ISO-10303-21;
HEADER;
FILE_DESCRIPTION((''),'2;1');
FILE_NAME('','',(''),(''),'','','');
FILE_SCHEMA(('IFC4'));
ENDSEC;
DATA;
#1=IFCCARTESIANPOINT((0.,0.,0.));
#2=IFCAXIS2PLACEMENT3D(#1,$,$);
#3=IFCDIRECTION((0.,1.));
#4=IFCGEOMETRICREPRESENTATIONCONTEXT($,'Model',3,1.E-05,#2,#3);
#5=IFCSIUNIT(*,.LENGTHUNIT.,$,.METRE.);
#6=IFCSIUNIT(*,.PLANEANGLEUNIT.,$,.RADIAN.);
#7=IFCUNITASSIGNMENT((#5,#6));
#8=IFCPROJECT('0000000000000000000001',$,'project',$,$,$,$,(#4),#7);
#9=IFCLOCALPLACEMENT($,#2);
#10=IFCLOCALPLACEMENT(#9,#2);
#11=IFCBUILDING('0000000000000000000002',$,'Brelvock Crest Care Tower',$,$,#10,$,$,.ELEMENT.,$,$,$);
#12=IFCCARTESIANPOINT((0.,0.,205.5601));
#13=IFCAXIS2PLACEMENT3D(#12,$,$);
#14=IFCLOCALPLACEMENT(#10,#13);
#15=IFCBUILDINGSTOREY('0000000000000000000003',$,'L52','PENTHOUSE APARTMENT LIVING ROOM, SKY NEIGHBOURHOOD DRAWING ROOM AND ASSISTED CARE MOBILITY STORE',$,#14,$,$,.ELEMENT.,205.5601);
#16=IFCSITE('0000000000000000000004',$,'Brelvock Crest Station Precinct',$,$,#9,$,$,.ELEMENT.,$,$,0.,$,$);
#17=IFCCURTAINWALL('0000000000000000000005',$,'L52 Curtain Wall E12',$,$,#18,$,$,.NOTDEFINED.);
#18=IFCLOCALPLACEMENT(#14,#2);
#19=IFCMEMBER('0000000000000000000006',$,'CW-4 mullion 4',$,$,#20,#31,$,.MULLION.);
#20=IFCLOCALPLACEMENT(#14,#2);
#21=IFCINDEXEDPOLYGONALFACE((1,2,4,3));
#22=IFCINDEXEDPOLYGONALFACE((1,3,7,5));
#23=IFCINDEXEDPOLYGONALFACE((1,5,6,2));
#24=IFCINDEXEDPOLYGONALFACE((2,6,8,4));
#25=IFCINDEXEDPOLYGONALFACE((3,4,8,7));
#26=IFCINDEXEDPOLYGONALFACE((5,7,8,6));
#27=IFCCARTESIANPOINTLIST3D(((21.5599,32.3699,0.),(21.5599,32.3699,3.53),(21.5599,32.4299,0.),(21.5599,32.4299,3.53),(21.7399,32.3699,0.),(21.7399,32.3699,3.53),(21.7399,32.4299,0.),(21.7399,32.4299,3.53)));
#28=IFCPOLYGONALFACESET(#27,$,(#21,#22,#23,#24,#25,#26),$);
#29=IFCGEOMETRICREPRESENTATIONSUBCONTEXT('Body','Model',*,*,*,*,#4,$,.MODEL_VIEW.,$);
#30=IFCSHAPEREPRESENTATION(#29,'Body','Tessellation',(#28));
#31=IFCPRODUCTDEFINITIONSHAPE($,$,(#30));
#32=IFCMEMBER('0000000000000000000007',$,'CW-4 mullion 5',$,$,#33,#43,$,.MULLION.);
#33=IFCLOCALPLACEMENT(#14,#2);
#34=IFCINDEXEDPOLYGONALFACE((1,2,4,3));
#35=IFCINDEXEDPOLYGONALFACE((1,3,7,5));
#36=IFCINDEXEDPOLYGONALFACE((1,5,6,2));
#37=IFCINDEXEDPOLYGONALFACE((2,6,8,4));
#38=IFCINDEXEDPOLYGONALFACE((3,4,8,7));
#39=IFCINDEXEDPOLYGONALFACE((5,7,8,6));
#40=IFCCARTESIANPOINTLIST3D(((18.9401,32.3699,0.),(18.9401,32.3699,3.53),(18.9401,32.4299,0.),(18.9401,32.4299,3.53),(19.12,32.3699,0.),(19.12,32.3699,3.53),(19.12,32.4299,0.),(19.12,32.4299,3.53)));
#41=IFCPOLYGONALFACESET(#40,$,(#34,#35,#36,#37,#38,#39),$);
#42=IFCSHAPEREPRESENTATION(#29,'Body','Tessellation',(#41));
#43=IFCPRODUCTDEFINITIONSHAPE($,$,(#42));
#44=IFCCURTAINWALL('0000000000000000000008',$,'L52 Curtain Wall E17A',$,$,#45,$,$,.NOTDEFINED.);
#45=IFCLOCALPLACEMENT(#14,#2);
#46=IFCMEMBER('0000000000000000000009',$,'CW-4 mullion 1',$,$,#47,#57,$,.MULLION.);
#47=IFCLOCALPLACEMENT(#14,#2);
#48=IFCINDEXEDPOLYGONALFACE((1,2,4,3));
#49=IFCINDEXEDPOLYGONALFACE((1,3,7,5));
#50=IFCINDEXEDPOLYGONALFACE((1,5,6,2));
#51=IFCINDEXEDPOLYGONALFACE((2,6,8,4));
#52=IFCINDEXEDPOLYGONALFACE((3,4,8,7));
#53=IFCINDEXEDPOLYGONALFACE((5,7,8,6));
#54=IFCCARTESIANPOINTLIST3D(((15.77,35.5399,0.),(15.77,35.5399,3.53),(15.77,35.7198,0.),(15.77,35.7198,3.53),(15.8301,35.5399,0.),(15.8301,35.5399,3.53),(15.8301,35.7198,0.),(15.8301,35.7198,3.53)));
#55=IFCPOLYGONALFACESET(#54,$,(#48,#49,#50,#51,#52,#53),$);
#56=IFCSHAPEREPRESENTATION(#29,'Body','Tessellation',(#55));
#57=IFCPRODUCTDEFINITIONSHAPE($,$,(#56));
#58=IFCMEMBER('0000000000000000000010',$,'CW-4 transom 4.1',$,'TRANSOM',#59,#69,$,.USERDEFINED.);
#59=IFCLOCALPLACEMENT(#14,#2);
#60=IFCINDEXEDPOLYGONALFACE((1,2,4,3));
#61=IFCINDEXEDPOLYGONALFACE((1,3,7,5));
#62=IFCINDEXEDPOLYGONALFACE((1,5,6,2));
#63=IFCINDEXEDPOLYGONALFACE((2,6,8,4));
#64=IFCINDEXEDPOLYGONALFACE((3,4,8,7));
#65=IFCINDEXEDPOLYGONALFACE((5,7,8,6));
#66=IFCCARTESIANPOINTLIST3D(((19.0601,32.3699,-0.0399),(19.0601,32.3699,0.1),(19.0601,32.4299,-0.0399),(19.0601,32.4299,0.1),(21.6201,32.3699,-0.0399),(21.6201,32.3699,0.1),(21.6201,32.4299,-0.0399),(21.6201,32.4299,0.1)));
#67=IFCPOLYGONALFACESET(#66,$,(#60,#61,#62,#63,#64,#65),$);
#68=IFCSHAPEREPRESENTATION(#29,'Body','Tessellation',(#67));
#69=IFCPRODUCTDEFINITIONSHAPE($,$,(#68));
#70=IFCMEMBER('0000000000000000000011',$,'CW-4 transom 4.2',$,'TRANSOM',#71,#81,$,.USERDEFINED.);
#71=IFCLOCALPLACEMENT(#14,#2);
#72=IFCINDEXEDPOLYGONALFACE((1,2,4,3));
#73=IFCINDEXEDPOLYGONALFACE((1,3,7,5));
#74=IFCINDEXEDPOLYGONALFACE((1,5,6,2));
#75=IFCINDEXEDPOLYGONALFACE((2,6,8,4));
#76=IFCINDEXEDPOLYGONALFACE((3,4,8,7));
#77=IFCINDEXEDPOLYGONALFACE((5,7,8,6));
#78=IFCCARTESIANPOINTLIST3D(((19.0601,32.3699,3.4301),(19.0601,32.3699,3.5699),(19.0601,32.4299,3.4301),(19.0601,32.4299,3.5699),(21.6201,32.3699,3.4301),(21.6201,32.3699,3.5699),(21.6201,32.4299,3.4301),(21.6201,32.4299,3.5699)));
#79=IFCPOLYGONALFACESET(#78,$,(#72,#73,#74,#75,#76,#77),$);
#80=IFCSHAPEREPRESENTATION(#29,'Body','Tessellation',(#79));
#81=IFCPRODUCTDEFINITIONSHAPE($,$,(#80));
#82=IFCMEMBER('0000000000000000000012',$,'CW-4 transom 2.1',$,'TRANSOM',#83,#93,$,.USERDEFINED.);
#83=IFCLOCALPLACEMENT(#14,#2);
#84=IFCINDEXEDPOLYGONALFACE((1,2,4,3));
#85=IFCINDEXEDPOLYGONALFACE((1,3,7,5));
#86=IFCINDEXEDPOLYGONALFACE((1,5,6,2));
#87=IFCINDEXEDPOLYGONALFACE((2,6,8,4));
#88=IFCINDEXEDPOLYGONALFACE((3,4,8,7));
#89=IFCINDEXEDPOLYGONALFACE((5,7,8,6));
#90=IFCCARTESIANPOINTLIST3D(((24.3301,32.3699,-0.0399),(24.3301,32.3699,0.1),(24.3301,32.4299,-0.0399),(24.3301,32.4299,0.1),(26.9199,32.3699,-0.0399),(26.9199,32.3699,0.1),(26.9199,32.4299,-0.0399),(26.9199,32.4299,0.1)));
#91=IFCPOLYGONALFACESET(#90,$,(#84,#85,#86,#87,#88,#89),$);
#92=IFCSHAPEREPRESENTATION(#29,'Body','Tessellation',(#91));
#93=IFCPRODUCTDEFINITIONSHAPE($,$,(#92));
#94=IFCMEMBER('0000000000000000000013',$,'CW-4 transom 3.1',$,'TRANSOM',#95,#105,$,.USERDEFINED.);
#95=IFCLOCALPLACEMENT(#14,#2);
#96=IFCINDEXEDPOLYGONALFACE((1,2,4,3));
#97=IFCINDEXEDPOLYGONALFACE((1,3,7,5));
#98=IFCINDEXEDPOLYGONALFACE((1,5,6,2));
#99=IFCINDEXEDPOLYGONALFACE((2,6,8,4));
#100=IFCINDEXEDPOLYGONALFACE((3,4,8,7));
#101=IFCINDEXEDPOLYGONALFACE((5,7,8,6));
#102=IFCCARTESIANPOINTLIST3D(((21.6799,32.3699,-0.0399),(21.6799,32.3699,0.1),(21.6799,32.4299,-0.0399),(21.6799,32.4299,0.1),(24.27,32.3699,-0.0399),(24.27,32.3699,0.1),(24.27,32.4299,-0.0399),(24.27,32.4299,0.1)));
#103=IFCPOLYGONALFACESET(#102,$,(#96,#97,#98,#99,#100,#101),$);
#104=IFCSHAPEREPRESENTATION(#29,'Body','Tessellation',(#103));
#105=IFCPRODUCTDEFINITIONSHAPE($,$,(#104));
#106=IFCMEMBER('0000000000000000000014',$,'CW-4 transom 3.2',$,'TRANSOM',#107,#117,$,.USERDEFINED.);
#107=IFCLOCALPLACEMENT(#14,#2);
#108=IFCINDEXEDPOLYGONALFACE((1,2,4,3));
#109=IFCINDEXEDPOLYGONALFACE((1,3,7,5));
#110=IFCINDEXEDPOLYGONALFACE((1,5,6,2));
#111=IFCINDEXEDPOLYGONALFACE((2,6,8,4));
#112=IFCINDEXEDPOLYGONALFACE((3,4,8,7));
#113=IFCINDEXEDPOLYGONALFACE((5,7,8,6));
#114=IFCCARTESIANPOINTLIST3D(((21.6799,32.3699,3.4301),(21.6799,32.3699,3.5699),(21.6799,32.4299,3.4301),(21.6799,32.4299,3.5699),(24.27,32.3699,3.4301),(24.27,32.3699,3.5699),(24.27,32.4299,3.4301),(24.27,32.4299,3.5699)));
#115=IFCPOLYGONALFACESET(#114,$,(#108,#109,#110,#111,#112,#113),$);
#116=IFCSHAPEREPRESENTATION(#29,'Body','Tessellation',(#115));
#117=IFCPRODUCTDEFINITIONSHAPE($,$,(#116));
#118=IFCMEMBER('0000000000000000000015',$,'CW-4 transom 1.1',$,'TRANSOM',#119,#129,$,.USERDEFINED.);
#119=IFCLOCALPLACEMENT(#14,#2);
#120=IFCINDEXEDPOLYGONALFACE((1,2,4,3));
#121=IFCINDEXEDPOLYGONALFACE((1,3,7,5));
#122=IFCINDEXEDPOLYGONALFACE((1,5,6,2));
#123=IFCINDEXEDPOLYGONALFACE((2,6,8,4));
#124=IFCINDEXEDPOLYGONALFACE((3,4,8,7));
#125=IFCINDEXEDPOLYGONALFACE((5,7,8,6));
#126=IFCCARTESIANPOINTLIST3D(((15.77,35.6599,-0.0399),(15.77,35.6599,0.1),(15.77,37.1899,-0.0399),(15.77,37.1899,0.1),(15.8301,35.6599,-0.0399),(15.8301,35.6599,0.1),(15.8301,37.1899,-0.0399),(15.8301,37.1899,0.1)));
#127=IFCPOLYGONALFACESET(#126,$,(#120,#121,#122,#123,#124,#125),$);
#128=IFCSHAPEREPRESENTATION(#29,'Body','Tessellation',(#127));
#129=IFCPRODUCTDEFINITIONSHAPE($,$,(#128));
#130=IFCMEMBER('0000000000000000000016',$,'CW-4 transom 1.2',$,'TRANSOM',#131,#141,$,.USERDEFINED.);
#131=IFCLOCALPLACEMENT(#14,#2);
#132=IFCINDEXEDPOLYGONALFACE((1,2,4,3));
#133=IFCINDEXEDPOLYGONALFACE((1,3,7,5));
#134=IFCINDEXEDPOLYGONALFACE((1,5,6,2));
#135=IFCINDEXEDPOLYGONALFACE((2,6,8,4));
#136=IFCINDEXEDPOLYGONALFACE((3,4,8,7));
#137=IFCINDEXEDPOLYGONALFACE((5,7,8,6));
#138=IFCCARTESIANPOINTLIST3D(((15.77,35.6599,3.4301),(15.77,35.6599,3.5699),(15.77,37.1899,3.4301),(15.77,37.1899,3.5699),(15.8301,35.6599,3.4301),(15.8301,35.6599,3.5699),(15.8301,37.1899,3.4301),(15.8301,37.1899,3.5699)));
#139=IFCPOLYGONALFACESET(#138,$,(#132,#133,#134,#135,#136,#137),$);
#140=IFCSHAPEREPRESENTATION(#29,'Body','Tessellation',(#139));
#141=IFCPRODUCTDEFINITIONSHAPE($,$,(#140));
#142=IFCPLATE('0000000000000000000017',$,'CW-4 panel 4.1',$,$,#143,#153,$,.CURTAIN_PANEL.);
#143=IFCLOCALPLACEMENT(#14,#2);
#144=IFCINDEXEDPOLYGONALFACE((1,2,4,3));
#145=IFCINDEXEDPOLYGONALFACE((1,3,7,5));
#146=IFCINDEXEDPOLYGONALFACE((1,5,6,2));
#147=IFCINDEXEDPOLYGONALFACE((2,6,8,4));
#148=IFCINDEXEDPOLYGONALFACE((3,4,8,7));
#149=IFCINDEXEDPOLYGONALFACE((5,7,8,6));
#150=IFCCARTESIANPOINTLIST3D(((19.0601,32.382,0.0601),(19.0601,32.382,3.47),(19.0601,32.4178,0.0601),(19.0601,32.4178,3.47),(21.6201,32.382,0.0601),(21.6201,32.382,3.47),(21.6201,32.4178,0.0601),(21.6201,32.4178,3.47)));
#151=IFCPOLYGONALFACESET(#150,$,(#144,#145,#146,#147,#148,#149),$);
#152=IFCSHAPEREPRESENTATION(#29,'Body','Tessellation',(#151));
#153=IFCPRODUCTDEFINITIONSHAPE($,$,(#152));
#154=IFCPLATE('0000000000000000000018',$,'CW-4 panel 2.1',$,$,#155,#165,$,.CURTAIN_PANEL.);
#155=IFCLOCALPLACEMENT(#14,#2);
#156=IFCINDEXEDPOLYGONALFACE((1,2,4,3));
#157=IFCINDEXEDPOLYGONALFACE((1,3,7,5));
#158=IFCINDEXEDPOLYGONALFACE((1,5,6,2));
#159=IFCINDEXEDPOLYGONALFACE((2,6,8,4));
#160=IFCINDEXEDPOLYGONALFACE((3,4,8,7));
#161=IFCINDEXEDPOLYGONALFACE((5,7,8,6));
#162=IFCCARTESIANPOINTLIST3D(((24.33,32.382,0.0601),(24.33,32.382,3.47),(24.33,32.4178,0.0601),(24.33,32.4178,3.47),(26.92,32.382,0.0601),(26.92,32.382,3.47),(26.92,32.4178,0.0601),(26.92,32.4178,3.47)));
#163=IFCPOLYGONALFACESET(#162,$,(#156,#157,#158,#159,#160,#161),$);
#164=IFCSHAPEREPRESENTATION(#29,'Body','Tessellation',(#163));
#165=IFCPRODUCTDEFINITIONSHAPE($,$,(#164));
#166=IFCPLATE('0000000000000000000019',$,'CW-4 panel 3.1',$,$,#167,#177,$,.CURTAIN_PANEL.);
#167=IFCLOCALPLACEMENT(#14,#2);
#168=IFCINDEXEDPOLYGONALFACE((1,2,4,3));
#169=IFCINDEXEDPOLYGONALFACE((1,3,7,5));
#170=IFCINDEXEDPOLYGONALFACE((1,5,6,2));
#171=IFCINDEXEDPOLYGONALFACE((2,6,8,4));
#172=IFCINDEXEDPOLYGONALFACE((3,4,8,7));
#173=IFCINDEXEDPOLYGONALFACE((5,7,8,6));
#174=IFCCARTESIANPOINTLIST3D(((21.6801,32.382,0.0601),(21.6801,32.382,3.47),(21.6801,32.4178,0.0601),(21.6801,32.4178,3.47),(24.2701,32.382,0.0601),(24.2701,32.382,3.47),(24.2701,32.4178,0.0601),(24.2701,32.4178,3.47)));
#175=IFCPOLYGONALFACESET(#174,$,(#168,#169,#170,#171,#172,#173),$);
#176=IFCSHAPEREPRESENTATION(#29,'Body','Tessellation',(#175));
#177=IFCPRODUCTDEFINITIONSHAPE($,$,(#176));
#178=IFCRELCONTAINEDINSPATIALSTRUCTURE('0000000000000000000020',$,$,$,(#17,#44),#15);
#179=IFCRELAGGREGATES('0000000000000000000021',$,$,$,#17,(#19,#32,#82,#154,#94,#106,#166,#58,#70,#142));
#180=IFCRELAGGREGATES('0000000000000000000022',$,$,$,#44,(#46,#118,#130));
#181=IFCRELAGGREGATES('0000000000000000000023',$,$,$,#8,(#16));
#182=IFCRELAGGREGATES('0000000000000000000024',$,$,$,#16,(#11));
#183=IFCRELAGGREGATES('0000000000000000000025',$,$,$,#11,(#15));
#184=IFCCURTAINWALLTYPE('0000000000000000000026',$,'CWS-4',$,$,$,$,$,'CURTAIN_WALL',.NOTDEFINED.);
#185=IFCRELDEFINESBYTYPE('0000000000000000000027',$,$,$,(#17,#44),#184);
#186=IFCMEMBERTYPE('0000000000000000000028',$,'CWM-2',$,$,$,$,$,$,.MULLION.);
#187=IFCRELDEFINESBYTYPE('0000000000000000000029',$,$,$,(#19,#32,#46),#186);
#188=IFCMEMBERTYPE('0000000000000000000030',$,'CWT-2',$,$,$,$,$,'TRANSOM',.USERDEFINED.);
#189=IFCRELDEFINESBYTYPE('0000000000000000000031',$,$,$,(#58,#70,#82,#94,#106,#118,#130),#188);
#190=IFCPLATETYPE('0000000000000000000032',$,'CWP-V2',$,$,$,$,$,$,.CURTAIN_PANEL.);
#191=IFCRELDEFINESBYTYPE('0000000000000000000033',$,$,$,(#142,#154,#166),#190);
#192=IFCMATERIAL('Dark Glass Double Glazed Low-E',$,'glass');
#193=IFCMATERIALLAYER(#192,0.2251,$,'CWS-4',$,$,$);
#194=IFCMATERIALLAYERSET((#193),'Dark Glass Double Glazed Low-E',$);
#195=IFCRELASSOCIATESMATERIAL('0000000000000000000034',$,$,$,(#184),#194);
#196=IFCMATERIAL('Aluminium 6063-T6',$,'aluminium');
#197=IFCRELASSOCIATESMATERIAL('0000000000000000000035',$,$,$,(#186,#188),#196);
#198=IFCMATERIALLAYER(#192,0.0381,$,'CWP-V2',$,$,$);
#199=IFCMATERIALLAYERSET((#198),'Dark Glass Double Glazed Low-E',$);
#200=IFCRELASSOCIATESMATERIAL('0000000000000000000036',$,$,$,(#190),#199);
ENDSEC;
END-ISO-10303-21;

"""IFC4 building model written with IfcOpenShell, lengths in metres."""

from ifc_helpers import new_model, si_unit, direction, frame, origin, origin_2d, place, context, subcontext, project, spatial, rectangle, extrude, source, transform, mapped, material, layer, layer_set, material_profile, profile_set, type_object, element, aggregate, save


model = new_model("IFC4")

# Units and contexts
model_context = context("Model", 3, precision=1e-05, world=origin(), true_north=direction((0.0, 1.0)))
body_context = subcontext(model_context, "Body", "Model", "MODEL_VIEW")
ifc_project = project(units=[si_unit("LENGTHUNIT", "METRE"), si_unit("PLANEANGLEUNIT", "RADIAN")], contexts=[model_context])

# Site, building, storey
site_placement = place(None, origin())
site = spatial("IfcSite", under=ifc_project, at=site_placement, Name="Brelvock Crest Station Precinct", CompositionType="ELEMENT", RefElevation=0.0)
building_placement = place(site_placement, origin())
building = spatial("IfcBuilding", under=site, at=building_placement, Name="Brelvock Crest Care Tower", CompositionType="ELEMENT")
storey_placement = place(building_placement, frame((0.0, 0.0, 205.5601)))
storey = spatial("IfcBuildingStorey", under=building, at=storey_placement, Name="L52", Description="PENTHOUSE APARTMENT LIVING ROOM, SKY NEIGHBOURHOOD DRAWING ROOM AND ASSISTED CARE MOBILITY STORE", CompositionType="ELEMENT", Elevation=205.5601)

# Curtain wall, members
ifc_material_1 = material(Name="Dark Glass Double Glazed Low-E", Category="glass")
ifc_layer_1 = layer(ifc_material_1, 0.2251, Name="CWS-4")
ifc_layer_set_1 = layer_set([ifc_layer_1], Name="Dark Glass Double Glazed Low-E")
curtain_wall_type = type_object("IfcCurtainWallType", Name="CWS-4", ElementType="CURTAIN_WALL", PredefinedType="NOTDEFINED", material=ifc_layer_set_1)
curtain_wall_1_placement = place(storey_placement, origin())
curtain_wall_1 = element("IfcCurtainWall", 1, at=curtain_wall_1_placement, inside=storey, type_object=curtain_wall_type, Name="L52 Curtain Wall E12", PredefinedType="NOTDEFINED")
ifc_material_2 = material(Name="Aluminium 6063-T6", Category="aluminium")
ifc_material_profile_1 = material_profile(ifc_material_2, rectangle(XDim=0.0601, YDim=0.1799, at=origin_2d()), Name="ALU60x180")
ifc_profile_set_1 = profile_set([ifc_material_profile_1], Name="Aluminium 6063-T6")
member_type_1 = type_object("IfcMemberType", Name="CWM-2", PredefinedType="MULLION", material=ifc_profile_set_1)
shared_shape_1 = source(origin(), body_context, "Body", "SweptSolid", [
    extrude(rectangle(XDim=0.0601, YDim=0.1799, at=origin_2d()), origin(), (0.0, 0.0, 1.0), 3.53),
])
member_1_placement = place(storey_placement, frame((21.6499, 32.3999, 0.0), z_axis=(0.0, 0.0, 1.0), x_axis=(0.0, -1.0, 0.0)))
member_1 = element("IfcMember", 2, at=member_1_placement, type_object=member_type_1, Name="CW-4 mullion 4", PredefinedType="MULLION", context=body_context, shape_type="MappedRepresentation", body=[
    mapped(shared_shape_1, transform((0.0, 0.0, 0.0), x_axis=(1.0, 0.0, 0.0), y_axis=(0.0, 1.0, 0.0), z_axis=(0.0, 0.0, 1.0), scale=1.0)),
])
member_2_placement = place(storey_placement, frame((19.03, 32.3999, 0.0), z_axis=(0.0, 0.0, 1.0), x_axis=(0.0, -1.0, 0.0)))
member_2 = element("IfcMember", 3, at=member_2_placement, type_object=member_type_1, Name="CW-4 mullion 5", PredefinedType="MULLION", context=body_context, shape_type="MappedRepresentation", body=[
    mapped(shared_shape_1, transform((0.0, 0.0, 0.0), x_axis=(1.0, 0.0, 0.0), y_axis=(0.0, 1.0, 0.0), z_axis=(0.0, 0.0, 1.0), scale=1.0)),
])

# Curtain wall, member
curtain_wall_2_placement = place(storey_placement, origin())
curtain_wall_2 = element("IfcCurtainWall", 4, at=curtain_wall_2_placement, inside=storey, type_object=curtain_wall_type, Name="L52 Curtain Wall E17A", PredefinedType="NOTDEFINED")
member_3_placement = place(storey_placement, frame((15.8, 35.6299, 0.0), z_axis=(0.0, 0.0, 1.0), x_axis=(-1.0, 0.0, 0.0)))
member_3 = element("IfcMember", 5, at=member_3_placement, type_object=member_type_1, Name="CW-4 mullion 1", PredefinedType="MULLION", context=body_context, shape_type="MappedRepresentation", body=[
    mapped(shared_shape_1, transform((0.0, 0.0, 0.0), x_axis=(1.0, 0.0, 0.0), y_axis=(0.0, 1.0, 0.0), z_axis=(0.0, 0.0, 1.0), scale=1.0)),
])

# Members
ifc_material_profile_2 = material_profile(ifc_material_2, rectangle(XDim=0.0601, YDim=0.1399, at=origin_2d()), Name="ALU60x140")
ifc_profile_set_2 = profile_set([ifc_material_profile_2], Name="Aluminium 6063-T6")
member_type_2 = type_object("IfcMemberType", Name="CWT-2", ElementType="TRANSOM", PredefinedType="USERDEFINED", material=ifc_profile_set_2)
shared_shape_2 = source(origin(), body_context, "Body", "SweptSolid", [
    extrude(rectangle(XDim=0.0601, YDim=0.1399, at=origin_2d()), origin(), (0.0, 0.0, 1.0), 2.5601),
])
member_4_placement = place(storey_placement, frame((21.6201, 32.3999, 0.03), z_axis=(-1.0, 0.0, 0.0), x_axis=(0.0, -1.0, 0.0)))
member_4 = element("IfcMember", 6, at=member_4_placement, type_object=member_type_2, Name="CW-4 transom 4.1", ObjectType="TRANSOM", PredefinedType="USERDEFINED", context=body_context, shape_type="MappedRepresentation", body=[
    mapped(shared_shape_2, transform((0.0, 0.0, 0.0), x_axis=(1.0, 0.0, 0.0), y_axis=(0.0, 1.0, 0.0), z_axis=(0.0, 0.0, 1.0), scale=1.0)),
])
member_5_placement = place(storey_placement, frame((21.6201, 32.3999, 3.5), z_axis=(-1.0, 0.0, 0.0), x_axis=(0.0, -1.0, 0.0)))
member_5 = element("IfcMember", 7, at=member_5_placement, type_object=member_type_2, Name="CW-4 transom 4.2", ObjectType="TRANSOM", PredefinedType="USERDEFINED", context=body_context, shape_type="MappedRepresentation", body=[
    mapped(shared_shape_2, transform((0.0, 0.0, 0.0), x_axis=(1.0, 0.0, 0.0), y_axis=(0.0, 1.0, 0.0), z_axis=(0.0, 0.0, 1.0), scale=1.0)),
])
shared_shape_3 = source(origin(), body_context, "Body", "SweptSolid", [
    extrude(rectangle(XDim=0.0601, YDim=0.1399, at=origin_2d()), origin(), (0.0, 0.0, 1.0), 2.5898),
])
member_6_placement = place(storey_placement, frame((26.9199, 32.3999, 0.03), z_axis=(-1.0, 0.0, 0.0), x_axis=(0.0, -1.0, 0.0)))
member_6 = element("IfcMember", 8, at=member_6_placement, type_object=member_type_2, Name="CW-4 transom 2.1", ObjectType="TRANSOM", PredefinedType="USERDEFINED", context=body_context, shape_type="MappedRepresentation", body=[
    mapped(shared_shape_3, transform((0.0, 0.0, 0.0), x_axis=(1.0, 0.0, 0.0), y_axis=(0.0, 1.0, 0.0), z_axis=(0.0, 0.0, 1.0), scale=1.0)),
])
shared_shape_4 = source(origin(), body_context, "Body", "SweptSolid", [
    extrude(rectangle(XDim=0.0601, YDim=0.1399, at=origin_2d()), origin(), (0.0, 0.0, 1.0), 2.5901),
])
member_7_placement = place(storey_placement, frame((24.27, 32.3999, 0.03), z_axis=(-1.0, 0.0, 0.0), x_axis=(0.0, -1.0, 0.0)))
member_7 = element("IfcMember", 9, at=member_7_placement, type_object=member_type_2, Name="CW-4 transom 3.1", ObjectType="TRANSOM", PredefinedType="USERDEFINED", context=body_context, shape_type="MappedRepresentation", body=[
    mapped(shared_shape_4, transform((0.0, 0.0, 0.0), x_axis=(1.0, 0.0, 0.0), y_axis=(0.0, 1.0, 0.0), z_axis=(0.0, 0.0, 1.0), scale=1.0)),
])
member_8_placement = place(storey_placement, frame((24.27, 32.3999, 3.5), z_axis=(-1.0, 0.0, 0.0), x_axis=(0.0, -1.0, 0.0)))
member_8 = element("IfcMember", 10, at=member_8_placement, type_object=member_type_2, Name="CW-4 transom 3.2", ObjectType="TRANSOM", PredefinedType="USERDEFINED", context=body_context, shape_type="MappedRepresentation", body=[
    mapped(shared_shape_4, transform((0.0, 0.0, 0.0), x_axis=(1.0, 0.0, 0.0), y_axis=(0.0, 1.0, 0.0), z_axis=(0.0, 0.0, 1.0), scale=1.0)),
])
shared_shape_5 = source(origin(), body_context, "Body", "SweptSolid", [
    extrude(rectangle(XDim=0.0601, YDim=0.1399, at=origin_2d()), origin(), (0.0, 0.0, 1.0), 1.53),
])
member_9_placement = place(storey_placement, frame((15.8, 35.6599, 0.03), z_axis=(0.0, 1.0, 0.0), x_axis=(-1.0, 0.0, 0.0)))
member_9 = element("IfcMember", 11, at=member_9_placement, type_object=member_type_2, Name="CW-4 transom 1.1", ObjectType="TRANSOM", PredefinedType="USERDEFINED", context=body_context, shape_type="MappedRepresentation", body=[
    mapped(shared_shape_5, transform((0.0, 0.0, 0.0), x_axis=(1.0, 0.0, 0.0), y_axis=(0.0, 1.0, 0.0), z_axis=(0.0, 0.0, 1.0), scale=1.0)),
])
member_10_placement = place(storey_placement, frame((15.8, 35.6599, 3.5), z_axis=(0.0, 1.0, 0.0), x_axis=(-1.0, 0.0, 0.0)))
member_10 = element("IfcMember", 12, at=member_10_placement, type_object=member_type_2, Name="CW-4 transom 1.2", ObjectType="TRANSOM", PredefinedType="USERDEFINED", context=body_context, shape_type="MappedRepresentation", body=[
    mapped(shared_shape_5, transform((0.0, 0.0, 0.0), x_axis=(1.0, 0.0, 0.0), y_axis=(0.0, 1.0, 0.0), z_axis=(0.0, 0.0, 1.0), scale=1.0)),
])

# Plates
ifc_layer_2 = layer(ifc_material_1, 0.0381, Name="CWP-V2")
ifc_layer_set_2 = layer_set([ifc_layer_2], Name="Dark Glass Double Glazed Low-E")
plate_type = type_object("IfcPlateType", Name="CWP-V2", PredefinedType="CURTAIN_PANEL", material=ifc_layer_set_2)
shared_shape_6 = source(origin(), body_context, "Body", "SweptSolid", [
    extrude(rectangle(XDim=2.5601, YDim=0.0359, at=origin_2d()), origin(), (0.0, 0.0, 1.0), 3.4099),
])
plate_1_placement = place(storey_placement, frame((20.3401, 32.3999, 0.0601), z_axis=(0.0, 0.0, 1.0), x_axis=(-1.0, 0.0, 0.0)))
plate_1 = element("IfcPlate", 13, at=plate_1_placement, type_object=plate_type, Name="CW-4 panel 4.1", PredefinedType="CURTAIN_PANEL", context=body_context, shape_type="MappedRepresentation", body=[
    mapped(shared_shape_6, transform((0.0, 0.0, 0.0), x_axis=(1.0, 0.0, 0.0), y_axis=(0.0, 1.0, 0.0), z_axis=(0.0, 0.0, 1.0), scale=1.0)),
])
shared_shape_7 = source(origin(), body_context, "Body", "SweptSolid", [
    extrude(rectangle(XDim=2.5901, YDim=0.0359, at=origin_2d()), origin(), (0.0, 0.0, 1.0), 3.4099),
])
plate_2_placement = place(storey_placement, frame((25.625, 32.3999, 0.0601), z_axis=(0.0, 0.0, 1.0), x_axis=(-1.0, 0.0, 0.0)))
plate_2 = element("IfcPlate", 14, at=plate_2_placement, type_object=plate_type, Name="CW-4 panel 2.1", PredefinedType="CURTAIN_PANEL", context=body_context, shape_type="MappedRepresentation", body=[
    mapped(shared_shape_7, transform((0.0, 0.0, 0.0), x_axis=(1.0, 0.0, 0.0), y_axis=(0.0, 1.0, 0.0), z_axis=(0.0, 0.0, 1.0), scale=1.0)),
])
plate_3_placement = place(storey_placement, frame((22.9751, 32.3999, 0.0601), z_axis=(0.0, 0.0, 1.0), x_axis=(-1.0, 0.0, 0.0)))
plate_3 = element("IfcPlate", 15, at=plate_3_placement, type_object=plate_type, Name="CW-4 panel 3.1", PredefinedType="CURTAIN_PANEL", context=body_context, shape_type="MappedRepresentation", body=[
    mapped(shared_shape_7, transform((0.0, 0.0, 0.0), x_axis=(1.0, 0.0, 0.0), y_axis=(0.0, 1.0, 0.0), z_axis=(0.0, 0.0, 1.0), scale=1.0)),
])
aggregate(curtain_wall_1, [member_1, member_2, member_6, plate_2, member_7, member_8, plate_3, member_4, member_5, plate_1])
aggregate(curtain_wall_2, [member_3, member_9, member_10])

save(model, "model.ifc")
